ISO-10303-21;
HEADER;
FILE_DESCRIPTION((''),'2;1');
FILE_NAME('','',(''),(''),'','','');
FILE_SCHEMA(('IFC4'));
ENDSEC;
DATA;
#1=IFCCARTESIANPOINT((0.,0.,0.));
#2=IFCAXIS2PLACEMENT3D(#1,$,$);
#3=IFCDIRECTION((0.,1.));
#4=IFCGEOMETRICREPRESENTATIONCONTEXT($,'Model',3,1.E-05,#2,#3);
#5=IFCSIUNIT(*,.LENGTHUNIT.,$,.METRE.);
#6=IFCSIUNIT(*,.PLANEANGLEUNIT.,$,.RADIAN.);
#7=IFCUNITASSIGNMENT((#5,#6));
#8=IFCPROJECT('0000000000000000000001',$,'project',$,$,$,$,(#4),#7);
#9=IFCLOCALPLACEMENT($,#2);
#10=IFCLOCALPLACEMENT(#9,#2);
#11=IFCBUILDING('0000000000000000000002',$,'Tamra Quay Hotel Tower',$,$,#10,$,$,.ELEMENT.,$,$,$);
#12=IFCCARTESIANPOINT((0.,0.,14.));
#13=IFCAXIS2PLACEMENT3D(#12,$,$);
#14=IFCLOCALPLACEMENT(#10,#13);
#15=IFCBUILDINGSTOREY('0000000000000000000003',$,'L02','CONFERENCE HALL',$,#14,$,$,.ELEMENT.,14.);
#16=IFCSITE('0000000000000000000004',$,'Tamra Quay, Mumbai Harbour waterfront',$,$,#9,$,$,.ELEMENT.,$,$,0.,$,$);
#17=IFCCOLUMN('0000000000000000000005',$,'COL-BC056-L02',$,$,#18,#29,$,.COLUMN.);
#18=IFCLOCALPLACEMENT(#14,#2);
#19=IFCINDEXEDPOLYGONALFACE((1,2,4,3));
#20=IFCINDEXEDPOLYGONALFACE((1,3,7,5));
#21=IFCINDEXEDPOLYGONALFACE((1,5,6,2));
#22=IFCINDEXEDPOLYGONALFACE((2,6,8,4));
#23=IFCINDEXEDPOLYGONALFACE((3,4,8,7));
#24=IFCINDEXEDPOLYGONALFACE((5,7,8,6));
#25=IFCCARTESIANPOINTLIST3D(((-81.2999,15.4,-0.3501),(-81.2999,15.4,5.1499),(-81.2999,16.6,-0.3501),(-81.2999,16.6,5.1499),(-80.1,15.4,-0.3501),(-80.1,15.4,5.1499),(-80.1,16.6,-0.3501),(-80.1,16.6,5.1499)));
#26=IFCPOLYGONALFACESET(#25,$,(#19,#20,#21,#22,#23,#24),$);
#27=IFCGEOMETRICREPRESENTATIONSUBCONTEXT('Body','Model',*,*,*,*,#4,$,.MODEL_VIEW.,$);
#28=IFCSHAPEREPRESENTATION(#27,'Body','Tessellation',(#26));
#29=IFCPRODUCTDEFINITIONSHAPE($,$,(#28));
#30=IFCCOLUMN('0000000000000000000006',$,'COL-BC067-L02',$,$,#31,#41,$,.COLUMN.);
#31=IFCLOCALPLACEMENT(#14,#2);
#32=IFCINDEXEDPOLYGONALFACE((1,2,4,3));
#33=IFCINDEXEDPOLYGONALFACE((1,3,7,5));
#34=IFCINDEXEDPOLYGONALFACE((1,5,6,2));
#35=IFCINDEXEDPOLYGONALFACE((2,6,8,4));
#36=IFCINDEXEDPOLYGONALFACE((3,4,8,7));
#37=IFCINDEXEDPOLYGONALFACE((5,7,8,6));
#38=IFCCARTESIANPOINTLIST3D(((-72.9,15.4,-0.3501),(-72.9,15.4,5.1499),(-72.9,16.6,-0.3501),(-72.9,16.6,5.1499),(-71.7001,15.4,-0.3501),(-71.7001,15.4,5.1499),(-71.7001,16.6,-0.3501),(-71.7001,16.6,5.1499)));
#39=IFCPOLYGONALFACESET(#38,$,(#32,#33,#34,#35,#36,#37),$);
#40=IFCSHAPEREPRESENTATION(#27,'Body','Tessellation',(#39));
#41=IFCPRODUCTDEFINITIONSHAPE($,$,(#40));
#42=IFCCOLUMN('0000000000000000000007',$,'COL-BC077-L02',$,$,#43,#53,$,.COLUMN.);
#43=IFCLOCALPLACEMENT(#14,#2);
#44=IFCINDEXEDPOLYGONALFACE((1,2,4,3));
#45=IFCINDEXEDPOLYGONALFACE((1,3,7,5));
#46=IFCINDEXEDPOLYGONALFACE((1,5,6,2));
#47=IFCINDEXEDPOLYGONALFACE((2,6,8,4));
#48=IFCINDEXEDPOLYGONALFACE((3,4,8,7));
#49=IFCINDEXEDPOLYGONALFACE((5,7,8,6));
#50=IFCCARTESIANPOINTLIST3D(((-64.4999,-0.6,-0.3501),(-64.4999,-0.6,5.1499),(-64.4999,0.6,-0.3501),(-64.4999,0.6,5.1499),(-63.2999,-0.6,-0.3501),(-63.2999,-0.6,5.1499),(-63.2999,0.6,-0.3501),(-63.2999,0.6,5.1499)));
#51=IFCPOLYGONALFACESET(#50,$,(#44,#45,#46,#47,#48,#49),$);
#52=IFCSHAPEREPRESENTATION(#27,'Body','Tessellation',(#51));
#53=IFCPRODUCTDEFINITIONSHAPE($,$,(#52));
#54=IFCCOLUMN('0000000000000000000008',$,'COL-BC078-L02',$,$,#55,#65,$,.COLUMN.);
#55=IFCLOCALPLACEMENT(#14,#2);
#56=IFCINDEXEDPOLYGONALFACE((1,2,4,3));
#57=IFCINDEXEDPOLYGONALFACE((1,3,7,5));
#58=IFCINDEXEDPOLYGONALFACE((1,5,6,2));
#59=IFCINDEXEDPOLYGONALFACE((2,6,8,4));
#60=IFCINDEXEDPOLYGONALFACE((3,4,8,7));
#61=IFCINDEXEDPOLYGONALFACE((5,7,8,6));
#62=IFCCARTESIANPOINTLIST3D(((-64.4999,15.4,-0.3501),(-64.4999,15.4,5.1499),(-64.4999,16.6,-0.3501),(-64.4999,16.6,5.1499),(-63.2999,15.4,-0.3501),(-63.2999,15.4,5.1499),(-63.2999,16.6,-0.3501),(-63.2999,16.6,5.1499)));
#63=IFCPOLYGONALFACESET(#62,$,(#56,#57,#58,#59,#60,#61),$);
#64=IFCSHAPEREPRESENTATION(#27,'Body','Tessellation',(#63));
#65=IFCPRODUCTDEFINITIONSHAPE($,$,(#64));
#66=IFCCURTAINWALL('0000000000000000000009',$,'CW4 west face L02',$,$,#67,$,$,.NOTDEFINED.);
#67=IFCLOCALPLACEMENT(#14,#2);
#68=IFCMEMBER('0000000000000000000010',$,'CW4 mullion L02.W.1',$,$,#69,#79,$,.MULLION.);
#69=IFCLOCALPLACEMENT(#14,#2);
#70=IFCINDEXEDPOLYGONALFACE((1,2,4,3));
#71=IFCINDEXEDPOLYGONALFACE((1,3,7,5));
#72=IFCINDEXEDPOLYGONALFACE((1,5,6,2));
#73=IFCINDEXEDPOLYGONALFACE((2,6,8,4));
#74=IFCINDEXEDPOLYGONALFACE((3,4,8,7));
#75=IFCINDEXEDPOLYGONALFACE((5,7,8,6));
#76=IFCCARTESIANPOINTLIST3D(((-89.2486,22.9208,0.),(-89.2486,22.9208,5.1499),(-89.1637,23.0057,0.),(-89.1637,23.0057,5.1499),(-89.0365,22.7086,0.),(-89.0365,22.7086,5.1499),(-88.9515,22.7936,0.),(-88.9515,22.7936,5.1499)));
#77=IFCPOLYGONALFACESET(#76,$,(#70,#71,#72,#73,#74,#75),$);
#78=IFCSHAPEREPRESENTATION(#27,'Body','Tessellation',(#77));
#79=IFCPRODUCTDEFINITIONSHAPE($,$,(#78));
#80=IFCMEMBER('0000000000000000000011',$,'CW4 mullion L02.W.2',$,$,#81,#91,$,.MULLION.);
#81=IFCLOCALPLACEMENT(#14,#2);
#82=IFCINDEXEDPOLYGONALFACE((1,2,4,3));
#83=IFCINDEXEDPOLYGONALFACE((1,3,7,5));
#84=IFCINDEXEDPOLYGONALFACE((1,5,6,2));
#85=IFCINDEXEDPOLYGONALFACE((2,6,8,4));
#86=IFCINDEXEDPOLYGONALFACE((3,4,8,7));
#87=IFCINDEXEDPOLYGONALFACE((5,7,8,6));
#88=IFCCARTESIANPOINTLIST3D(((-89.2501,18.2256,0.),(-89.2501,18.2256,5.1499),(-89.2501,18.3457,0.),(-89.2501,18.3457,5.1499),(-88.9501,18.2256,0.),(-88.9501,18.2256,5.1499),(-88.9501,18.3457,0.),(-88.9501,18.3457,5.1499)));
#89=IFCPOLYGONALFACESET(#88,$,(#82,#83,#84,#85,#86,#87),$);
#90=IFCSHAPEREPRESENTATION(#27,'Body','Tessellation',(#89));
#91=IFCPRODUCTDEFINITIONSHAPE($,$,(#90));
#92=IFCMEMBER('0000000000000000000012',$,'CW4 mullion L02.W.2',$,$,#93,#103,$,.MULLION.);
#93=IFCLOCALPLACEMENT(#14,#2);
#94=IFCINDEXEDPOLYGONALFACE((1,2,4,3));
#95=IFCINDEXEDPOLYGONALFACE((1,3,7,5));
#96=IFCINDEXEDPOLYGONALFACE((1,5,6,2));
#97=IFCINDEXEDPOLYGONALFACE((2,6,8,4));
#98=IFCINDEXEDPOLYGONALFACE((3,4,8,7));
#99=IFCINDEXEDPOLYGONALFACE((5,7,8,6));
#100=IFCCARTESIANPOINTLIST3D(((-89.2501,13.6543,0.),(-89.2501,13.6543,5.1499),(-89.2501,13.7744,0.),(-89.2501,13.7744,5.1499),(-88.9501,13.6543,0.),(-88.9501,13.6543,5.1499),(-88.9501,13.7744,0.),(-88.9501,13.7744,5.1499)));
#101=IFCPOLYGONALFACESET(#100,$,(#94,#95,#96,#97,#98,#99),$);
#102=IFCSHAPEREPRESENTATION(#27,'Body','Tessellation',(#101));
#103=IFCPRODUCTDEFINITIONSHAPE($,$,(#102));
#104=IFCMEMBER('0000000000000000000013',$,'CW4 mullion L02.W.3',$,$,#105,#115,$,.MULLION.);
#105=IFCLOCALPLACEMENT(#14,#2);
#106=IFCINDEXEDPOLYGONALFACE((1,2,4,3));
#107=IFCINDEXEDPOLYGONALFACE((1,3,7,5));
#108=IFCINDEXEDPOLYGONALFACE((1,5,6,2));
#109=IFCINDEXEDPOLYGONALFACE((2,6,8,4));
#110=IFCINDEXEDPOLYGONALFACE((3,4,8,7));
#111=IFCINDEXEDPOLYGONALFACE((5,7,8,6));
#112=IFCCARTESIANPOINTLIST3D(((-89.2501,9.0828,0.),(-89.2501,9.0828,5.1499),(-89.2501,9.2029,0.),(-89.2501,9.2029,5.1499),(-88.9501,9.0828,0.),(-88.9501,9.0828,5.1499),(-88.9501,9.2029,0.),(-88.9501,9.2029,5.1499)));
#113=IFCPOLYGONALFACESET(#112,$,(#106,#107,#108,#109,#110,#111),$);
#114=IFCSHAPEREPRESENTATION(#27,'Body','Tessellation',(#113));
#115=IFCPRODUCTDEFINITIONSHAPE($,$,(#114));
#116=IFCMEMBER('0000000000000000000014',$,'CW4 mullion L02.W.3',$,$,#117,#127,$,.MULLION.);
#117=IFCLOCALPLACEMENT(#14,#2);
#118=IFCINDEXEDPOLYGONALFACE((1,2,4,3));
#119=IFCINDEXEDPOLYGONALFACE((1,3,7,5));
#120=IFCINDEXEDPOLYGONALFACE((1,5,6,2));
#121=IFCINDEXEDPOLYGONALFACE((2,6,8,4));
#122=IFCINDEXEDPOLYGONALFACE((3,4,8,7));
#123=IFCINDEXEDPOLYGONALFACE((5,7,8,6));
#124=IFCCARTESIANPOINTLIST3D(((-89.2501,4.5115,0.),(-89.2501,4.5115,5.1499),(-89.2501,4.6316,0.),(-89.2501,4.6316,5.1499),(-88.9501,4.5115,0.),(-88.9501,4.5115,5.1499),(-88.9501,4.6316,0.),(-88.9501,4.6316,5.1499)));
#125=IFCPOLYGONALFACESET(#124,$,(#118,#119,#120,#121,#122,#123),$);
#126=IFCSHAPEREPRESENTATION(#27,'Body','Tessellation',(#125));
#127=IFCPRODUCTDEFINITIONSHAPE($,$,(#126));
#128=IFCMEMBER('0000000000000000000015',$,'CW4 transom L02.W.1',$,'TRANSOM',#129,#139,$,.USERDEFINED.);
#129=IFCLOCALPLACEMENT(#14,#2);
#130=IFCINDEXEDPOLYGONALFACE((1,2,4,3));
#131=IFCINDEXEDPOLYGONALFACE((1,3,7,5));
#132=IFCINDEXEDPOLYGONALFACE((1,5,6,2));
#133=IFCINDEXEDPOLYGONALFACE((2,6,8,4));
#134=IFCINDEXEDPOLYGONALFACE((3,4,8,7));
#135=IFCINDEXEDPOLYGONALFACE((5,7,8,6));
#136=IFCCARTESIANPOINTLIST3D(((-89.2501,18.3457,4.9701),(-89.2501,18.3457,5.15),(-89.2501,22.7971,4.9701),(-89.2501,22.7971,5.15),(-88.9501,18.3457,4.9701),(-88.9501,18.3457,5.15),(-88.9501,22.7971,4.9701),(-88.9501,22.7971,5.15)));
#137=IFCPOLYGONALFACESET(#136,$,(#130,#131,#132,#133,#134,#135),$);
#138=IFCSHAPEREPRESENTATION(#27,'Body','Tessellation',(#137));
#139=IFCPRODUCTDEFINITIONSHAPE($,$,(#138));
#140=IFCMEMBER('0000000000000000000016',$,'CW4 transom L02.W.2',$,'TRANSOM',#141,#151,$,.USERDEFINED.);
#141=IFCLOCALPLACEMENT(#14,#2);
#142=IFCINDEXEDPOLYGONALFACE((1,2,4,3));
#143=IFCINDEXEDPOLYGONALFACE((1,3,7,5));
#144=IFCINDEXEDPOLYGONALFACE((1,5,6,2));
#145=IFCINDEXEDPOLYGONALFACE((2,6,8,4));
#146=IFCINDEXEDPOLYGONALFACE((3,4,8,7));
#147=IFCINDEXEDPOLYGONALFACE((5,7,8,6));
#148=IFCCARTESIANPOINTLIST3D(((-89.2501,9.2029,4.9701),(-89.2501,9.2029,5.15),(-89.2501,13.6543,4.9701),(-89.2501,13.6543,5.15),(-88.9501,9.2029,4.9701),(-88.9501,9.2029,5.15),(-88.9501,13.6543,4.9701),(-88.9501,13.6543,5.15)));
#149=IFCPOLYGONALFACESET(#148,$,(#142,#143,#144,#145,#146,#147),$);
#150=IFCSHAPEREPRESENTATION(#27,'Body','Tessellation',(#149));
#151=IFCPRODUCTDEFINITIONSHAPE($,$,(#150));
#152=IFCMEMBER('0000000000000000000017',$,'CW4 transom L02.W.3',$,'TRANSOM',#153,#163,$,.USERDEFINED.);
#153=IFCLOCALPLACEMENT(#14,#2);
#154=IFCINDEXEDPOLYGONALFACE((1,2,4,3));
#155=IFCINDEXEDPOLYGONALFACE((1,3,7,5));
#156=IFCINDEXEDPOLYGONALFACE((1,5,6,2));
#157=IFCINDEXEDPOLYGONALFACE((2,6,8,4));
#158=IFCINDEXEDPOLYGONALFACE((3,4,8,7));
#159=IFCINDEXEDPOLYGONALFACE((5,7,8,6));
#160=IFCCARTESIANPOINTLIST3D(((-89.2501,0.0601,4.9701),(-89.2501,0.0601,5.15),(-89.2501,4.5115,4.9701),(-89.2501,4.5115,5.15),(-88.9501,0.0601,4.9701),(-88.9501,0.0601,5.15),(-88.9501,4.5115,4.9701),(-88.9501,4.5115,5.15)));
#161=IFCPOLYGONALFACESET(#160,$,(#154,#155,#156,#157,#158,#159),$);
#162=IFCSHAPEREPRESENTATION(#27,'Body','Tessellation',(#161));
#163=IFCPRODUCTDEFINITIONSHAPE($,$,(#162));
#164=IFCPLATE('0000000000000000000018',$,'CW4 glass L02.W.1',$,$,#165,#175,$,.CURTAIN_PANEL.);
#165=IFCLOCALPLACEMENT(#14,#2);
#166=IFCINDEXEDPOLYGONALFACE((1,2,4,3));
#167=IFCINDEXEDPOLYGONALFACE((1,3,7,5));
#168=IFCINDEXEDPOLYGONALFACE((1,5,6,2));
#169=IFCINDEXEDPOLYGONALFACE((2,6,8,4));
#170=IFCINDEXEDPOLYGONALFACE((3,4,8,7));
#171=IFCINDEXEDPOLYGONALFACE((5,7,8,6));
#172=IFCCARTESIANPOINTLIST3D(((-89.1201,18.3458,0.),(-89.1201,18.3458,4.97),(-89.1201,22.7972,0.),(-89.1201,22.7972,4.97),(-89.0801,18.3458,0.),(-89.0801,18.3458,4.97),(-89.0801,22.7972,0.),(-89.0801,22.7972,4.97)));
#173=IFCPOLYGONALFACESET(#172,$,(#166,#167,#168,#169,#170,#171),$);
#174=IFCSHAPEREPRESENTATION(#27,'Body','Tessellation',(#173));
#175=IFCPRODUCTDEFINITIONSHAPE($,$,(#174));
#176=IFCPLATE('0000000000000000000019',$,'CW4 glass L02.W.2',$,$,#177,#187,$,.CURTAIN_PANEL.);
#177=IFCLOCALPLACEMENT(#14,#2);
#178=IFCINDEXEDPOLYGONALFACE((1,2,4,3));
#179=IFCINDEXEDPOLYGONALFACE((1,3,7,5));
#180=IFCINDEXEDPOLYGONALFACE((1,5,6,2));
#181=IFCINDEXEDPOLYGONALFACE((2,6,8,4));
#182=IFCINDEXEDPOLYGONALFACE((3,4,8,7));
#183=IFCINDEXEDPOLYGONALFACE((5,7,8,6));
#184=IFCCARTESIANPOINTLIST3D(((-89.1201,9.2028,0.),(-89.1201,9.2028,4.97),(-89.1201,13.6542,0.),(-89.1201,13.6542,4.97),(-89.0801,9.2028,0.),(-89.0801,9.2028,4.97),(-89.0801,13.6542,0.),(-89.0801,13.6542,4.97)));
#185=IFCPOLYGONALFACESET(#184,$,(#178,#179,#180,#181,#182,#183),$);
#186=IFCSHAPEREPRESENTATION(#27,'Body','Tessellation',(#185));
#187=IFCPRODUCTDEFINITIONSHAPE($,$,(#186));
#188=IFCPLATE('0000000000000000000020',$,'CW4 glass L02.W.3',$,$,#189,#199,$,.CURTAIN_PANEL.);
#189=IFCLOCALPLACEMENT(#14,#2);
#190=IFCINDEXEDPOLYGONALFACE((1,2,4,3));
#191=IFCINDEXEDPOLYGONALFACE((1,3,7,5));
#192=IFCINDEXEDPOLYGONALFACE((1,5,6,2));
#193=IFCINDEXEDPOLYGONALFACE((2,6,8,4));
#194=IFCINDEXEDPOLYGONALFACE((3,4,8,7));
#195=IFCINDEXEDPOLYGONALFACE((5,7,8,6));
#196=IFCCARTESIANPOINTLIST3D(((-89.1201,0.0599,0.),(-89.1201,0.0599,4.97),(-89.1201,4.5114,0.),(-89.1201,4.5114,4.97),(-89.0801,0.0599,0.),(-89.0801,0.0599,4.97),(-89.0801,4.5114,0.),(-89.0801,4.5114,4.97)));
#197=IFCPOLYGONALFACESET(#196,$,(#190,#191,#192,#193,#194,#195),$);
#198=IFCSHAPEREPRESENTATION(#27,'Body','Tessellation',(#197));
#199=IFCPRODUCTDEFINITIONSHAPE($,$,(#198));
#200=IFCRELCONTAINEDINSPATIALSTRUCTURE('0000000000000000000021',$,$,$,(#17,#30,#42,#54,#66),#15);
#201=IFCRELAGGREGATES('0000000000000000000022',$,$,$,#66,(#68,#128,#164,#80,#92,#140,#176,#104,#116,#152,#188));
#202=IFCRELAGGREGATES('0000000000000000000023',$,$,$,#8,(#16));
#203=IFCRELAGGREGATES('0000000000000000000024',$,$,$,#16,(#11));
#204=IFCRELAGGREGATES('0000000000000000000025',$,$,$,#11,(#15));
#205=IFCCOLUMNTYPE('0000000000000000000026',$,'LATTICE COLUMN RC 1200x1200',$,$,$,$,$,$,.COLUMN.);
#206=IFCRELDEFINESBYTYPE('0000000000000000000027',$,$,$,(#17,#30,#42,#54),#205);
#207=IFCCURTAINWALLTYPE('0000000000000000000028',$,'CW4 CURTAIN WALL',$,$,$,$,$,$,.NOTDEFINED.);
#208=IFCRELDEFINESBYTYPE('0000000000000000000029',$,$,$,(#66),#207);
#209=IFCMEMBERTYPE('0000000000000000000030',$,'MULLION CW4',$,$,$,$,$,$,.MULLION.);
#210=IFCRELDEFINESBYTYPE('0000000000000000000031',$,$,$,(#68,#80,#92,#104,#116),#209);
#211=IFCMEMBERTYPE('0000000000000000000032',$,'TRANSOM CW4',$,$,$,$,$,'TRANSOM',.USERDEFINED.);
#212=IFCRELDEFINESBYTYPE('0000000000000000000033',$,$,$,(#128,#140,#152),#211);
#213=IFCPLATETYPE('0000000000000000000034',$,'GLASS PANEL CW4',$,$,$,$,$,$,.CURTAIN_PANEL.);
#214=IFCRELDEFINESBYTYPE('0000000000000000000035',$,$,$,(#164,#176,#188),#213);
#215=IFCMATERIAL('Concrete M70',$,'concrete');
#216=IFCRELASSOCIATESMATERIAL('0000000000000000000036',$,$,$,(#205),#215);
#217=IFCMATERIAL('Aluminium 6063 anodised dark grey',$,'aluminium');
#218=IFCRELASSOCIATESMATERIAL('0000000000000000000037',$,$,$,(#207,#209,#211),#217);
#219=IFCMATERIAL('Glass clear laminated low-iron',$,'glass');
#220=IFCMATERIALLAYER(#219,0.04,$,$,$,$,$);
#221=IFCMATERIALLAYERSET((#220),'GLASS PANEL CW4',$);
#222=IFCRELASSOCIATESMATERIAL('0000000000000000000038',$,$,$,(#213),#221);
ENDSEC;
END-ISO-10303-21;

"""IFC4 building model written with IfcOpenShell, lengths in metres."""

from ifc_helpers import new_model, si_unit, direction, frame, origin, origin_2d, place, context, subcontext, project, spatial, rectangle, extrude, material, layer, layer_set, material_profile, profile_set, type_object, element, aggregate, save


model = new_model("IFC4")

# Units and contexts
model_context = context("Model", 3, precision=1e-05, world=origin(), true_north=direction((0.0, 1.0)))
body_context = subcontext(model_context, "Body", "Model", "MODEL_VIEW")
ifc_project = project(units=[si_unit("LENGTHUNIT", "METRE"), si_unit("PLANEANGLEUNIT", "RADIAN")], contexts=[model_context])

# Site, building, storey
site_placement = place(None, origin())
site = spatial("IfcSite", under=ifc_project, at=site_placement, Name="Tamra Quay, Mumbai Harbour waterfront", CompositionType="ELEMENT", RefElevation=0.0)
building_placement = place(site_placement, origin())
building = spatial("IfcBuilding", under=site, at=building_placement, Name="Tamra Quay Hotel Tower", CompositionType="ELEMENT")
storey_placement = place(building_placement, frame((0.0, 0.0, 14.0)))
storey = spatial("IfcBuildingStorey", under=building, at=storey_placement, Name="L02", Description="CONFERENCE HALL", CompositionType="ELEMENT", Elevation=14.0)

# Columns
ifc_material_1 = material(Name="Concrete M70", Category="concrete")
ifc_material_profile_1 = material_profile(ifc_material_1, rectangle(XDim=1.2, YDim=1.2, at=origin_2d()), Name="LATTICE COLUMN RC 1200x1200")
ifc_profile_set_1 = profile_set([ifc_material_profile_1], Name="Concrete M70")
column_type = type_object("IfcColumnType", Name="LATTICE COLUMN RC 1200x1200", PredefinedType="COLUMN", material=ifc_profile_set_1)
for number, where, z_axis, x_axis, name in (
    (1, (-80.7, 16.0, -0.3501), (0.0, 0.0, 1.0), (1.0, 0.0, 0.0), "COL-BC056-L02"),
    (2, (-72.3, 16.0, -0.3501), (0.0, 0.0, 1.0), (1.0, 0.0, 0.0), "COL-BC067-L02"),
    (3, (-63.8999, 0.0, -0.3501), (0.0, 0.0, 1.0), (1.0, 0.0, 0.0), "COL-BC077-L02"),
    (4, (-63.8999, 16.0, -0.3501), (0.0, 0.0, 1.0), (1.0, 0.0, 0.0), "COL-BC078-L02"),
):
    element("IfcColumn", number, at=place(storey_placement, frame(where, z_axis=z_axis, x_axis=x_axis)), inside=storey, type_object=column_type, Name=name, PredefinedType="COLUMN", context=body_context, shape_type="SweptSolid", body=[
        extrude(rectangle(XDim=1.2, YDim=1.2, at=origin_2d()), origin(), (0.0, 0.0, 1.0), 5.5),
    ])

# Curtain wall, members, plates
ifc_material_2 = material(Name="Aluminium 6063 anodised dark grey", Category="aluminium")
curtain_wall_type = type_object("IfcCurtainWallType", Name="CW4 CURTAIN WALL", PredefinedType="NOTDEFINED", material=ifc_material_2)
curtain_wall_placement = place(storey_placement, origin())
curtain_wall = element("IfcCurtainWall", 5, at=curtain_wall_placement, inside=storey, type_object=curtain_wall_type, Name="CW4 west face L02", PredefinedType="NOTDEFINED")
ifc_material_profile_2 = material_profile(ifc_material_2, rectangle(XDim=0.3, YDim=0.1201, at=origin_2d()), Name="MULLION 120X300")
ifc_profile_set_2 = profile_set([ifc_material_profile_2], Name="Aluminium 6063 anodised dark grey")
member_type_1 = type_object("IfcMemberType", Name="MULLION CW4", PredefinedType="MULLION", material=ifc_profile_set_2)
member_1_placement = place(storey_placement, frame((-89.1001, 22.8572, 0.0), z_axis=(0.0, 0.0, 1.0), x_axis=(-0.707107, 0.707107, 0.0)))
member_1 = element("IfcMember", 6, at=member_1_placement, type_object=member_type_1, Name="CW4 mullion L02.W.1", PredefinedType="MULLION", context=body_context, shape_type="SweptSolid", body=[
    extrude(rectangle(XDim=0.3, YDim=0.1201, at=origin_2d()), origin(), (0.0, 0.0, 1.0), 5.1499),
])
member_2_placement = place(storey_placement, frame((-89.1001, 18.2856, 0.0), z_axis=(0.0, 0.0, 1.0), x_axis=(-1.0, 0.0, 0.0)))
member_2 = element("IfcMember", 7, at=member_2_placement, type_object=member_type_1, Name="CW4 mullion L02.W.2", PredefinedType="MULLION", context=body_context, shape_type="SweptSolid", body=[
    extrude(rectangle(XDim=0.3, YDim=0.1201, at=origin_2d()), origin(), (0.0, 0.0, 1.0), 5.1499),
])
member_3_placement = place(storey_placement, frame((-89.1001, 13.7144, 0.0), z_axis=(0.0, 0.0, 1.0), x_axis=(-1.0, 0.0, 0.0)))
member_3 = element("IfcMember", 8, at=member_3_placement, type_object=member_type_1, Name="CW4 mullion L02.W.2", PredefinedType="MULLION", context=body_context, shape_type="SweptSolid", body=[
    extrude(rectangle(XDim=0.3, YDim=0.1201, at=origin_2d()), origin(), (0.0, 0.0, 1.0), 5.1499),
])
member_4_placement = place(storey_placement, frame((-89.1001, 9.1428, 0.0), z_axis=(0.0, 0.0, 1.0), x_axis=(-1.0, 0.0, 0.0)))
member_4 = element("IfcMember", 9, at=member_4_placement, type_object=member_type_1, Name="CW4 mullion L02.W.3", PredefinedType="MULLION", context=body_context, shape_type="SweptSolid", body=[
    extrude(rectangle(XDim=0.3, YDim=0.1201, at=origin_2d()), origin(), (0.0, 0.0, 1.0), 5.1499),
])
member_5_placement = place(storey_placement, frame((-89.1001, 4.5715, 0.0), z_axis=(0.0, 0.0, 1.0), x_axis=(-1.0, 0.0, 0.0)))
member_5 = element("IfcMember", 10, at=member_5_placement, type_object=member_type_1, Name="CW4 mullion L02.W.3", PredefinedType="MULLION", context=body_context, shape_type="SweptSolid", body=[
    extrude(rectangle(XDim=0.3, YDim=0.1201, at=origin_2d()), origin(), (0.0, 0.0, 1.0), 5.1499),
])
ifc_material_profile_3 = material_profile(ifc_material_2, rectangle(XDim=0.3, YDim=0.1799, at=origin_2d()), Name="TRANSOM 300X180")
ifc_profile_set_3 = profile_set([ifc_material_profile_3], Name="Aluminium 6063 anodised dark grey")
member_type_2 = type_object("IfcMemberType", Name="TRANSOM CW4", ElementType="TRANSOM", PredefinedType="USERDEFINED", material=ifc_profile_set_3)
member_6_placement = place(storey_placement, frame((-89.1001, 22.7971, 5.0601), z_axis=(0.0, -1.0, 0.0), x_axis=(1.0, 0.0, 0.0)))
member_6 = element("IfcMember", 11, at=member_6_placement, type_object=member_type_2, Name="CW4 transom L02.W.1", ObjectType="TRANSOM", PredefinedType="USERDEFINED", context=body_context, shape_type="SweptSolid", body=[
    extrude(rectangle(XDim=0.3, YDim=0.1799, at=origin_2d()), origin(), (0.0, 0.0, 1.0), 4.4514),
])
member_7_placement = place(storey_placement, frame((-89.1001, 13.6543, 5.0601), z_axis=(0.0, -1.0, 0.0), x_axis=(1.0, 0.0, 0.0)))
member_7 = element("IfcMember", 12, at=member_7_placement, type_object=member_type_2, Name="CW4 transom L02.W.2", ObjectType="TRANSOM", PredefinedType="USERDEFINED", context=body_context, shape_type="SweptSolid", body=[
    extrude(rectangle(XDim=0.3, YDim=0.1799, at=origin_2d()), origin(), (0.0, 0.0, 1.0), 4.4514),
])
member_8_placement = place(storey_placement, frame((-89.1001, 4.5115, 5.0601), z_axis=(0.0, -1.0, 0.0), x_axis=(1.0, 0.0, 0.0)))
member_8 = element("IfcMember", 13, at=member_8_placement, type_object=member_type_2, Name="CW4 transom L02.W.3", ObjectType="TRANSOM", PredefinedType="USERDEFINED", context=body_context, shape_type="SweptSolid", body=[
    extrude(rectangle(XDim=0.3, YDim=0.1799, at=origin_2d()), origin(), (0.0, 0.0, 1.0), 4.4514),
])
ifc_material_3 = material(Name="Glass clear laminated low-iron", Category="glass")
ifc_layer_1 = layer(ifc_material_3, 0.04)
ifc_layer_set_1 = layer_set([ifc_layer_1], Name="GLASS PANEL CW4")
plate_type = type_object("IfcPlateType", Name="GLASS PANEL CW4", PredefinedType="CURTAIN_PANEL", material=ifc_layer_set_1)
plate_1_placement = place(storey_placement, frame((-89.1001, 20.5715, 0.0), z_axis=(0.0, 0.0, 1.0), x_axis=(0.0, -1.0, 0.0)))
plate_1 = element("IfcPlate", 14, at=plate_1_placement, type_object=plate_type, Name="CW4 glass L02.W.1", PredefinedType="CURTAIN_PANEL", context=body_context, shape_type="SweptSolid", body=[
    extrude(rectangle(XDim=4.4514, YDim=0.04, at=origin_2d()), origin(), (0.0, 0.0, 1.0), 4.97),
])
plate_2_placement = place(storey_placement, frame((-89.1001, 11.4285, 0.0), z_axis=(0.0, 0.0, 1.0), x_axis=(0.0, -1.0, 0.0)))
plate_2 = element("IfcPlate", 15, at=plate_2_placement, type_object=plate_type, Name="CW4 glass L02.W.2", PredefinedType="CURTAIN_PANEL", context=body_context, shape_type="SweptSolid", body=[
    extrude(rectangle(XDim=4.4514, YDim=0.04, at=origin_2d()), origin(), (0.0, 0.0, 1.0), 4.97),
])
plate_3_placement = place(storey_placement, frame((-89.1001, 2.2856, 0.0), z_axis=(0.0, 0.0, 1.0), x_axis=(0.0, -1.0, 0.0)))
plate_3 = element("IfcPlate", 16, at=plate_3_placement, type_object=plate_type, Name="CW4 glass L02.W.3", PredefinedType="CURTAIN_PANEL", context=body_context, shape_type="SweptSolid", body=[
    extrude(rectangle(XDim=4.4514, YDim=0.04, at=origin_2d()), origin(), (0.0, 0.0, 1.0), 4.97),
])
aggregate(curtain_wall, [member_1, member_6, plate_1, member_2, member_3, member_7, plate_2, member_4, member_5, member_8, plate_3])

save(model, "model.ifc")
